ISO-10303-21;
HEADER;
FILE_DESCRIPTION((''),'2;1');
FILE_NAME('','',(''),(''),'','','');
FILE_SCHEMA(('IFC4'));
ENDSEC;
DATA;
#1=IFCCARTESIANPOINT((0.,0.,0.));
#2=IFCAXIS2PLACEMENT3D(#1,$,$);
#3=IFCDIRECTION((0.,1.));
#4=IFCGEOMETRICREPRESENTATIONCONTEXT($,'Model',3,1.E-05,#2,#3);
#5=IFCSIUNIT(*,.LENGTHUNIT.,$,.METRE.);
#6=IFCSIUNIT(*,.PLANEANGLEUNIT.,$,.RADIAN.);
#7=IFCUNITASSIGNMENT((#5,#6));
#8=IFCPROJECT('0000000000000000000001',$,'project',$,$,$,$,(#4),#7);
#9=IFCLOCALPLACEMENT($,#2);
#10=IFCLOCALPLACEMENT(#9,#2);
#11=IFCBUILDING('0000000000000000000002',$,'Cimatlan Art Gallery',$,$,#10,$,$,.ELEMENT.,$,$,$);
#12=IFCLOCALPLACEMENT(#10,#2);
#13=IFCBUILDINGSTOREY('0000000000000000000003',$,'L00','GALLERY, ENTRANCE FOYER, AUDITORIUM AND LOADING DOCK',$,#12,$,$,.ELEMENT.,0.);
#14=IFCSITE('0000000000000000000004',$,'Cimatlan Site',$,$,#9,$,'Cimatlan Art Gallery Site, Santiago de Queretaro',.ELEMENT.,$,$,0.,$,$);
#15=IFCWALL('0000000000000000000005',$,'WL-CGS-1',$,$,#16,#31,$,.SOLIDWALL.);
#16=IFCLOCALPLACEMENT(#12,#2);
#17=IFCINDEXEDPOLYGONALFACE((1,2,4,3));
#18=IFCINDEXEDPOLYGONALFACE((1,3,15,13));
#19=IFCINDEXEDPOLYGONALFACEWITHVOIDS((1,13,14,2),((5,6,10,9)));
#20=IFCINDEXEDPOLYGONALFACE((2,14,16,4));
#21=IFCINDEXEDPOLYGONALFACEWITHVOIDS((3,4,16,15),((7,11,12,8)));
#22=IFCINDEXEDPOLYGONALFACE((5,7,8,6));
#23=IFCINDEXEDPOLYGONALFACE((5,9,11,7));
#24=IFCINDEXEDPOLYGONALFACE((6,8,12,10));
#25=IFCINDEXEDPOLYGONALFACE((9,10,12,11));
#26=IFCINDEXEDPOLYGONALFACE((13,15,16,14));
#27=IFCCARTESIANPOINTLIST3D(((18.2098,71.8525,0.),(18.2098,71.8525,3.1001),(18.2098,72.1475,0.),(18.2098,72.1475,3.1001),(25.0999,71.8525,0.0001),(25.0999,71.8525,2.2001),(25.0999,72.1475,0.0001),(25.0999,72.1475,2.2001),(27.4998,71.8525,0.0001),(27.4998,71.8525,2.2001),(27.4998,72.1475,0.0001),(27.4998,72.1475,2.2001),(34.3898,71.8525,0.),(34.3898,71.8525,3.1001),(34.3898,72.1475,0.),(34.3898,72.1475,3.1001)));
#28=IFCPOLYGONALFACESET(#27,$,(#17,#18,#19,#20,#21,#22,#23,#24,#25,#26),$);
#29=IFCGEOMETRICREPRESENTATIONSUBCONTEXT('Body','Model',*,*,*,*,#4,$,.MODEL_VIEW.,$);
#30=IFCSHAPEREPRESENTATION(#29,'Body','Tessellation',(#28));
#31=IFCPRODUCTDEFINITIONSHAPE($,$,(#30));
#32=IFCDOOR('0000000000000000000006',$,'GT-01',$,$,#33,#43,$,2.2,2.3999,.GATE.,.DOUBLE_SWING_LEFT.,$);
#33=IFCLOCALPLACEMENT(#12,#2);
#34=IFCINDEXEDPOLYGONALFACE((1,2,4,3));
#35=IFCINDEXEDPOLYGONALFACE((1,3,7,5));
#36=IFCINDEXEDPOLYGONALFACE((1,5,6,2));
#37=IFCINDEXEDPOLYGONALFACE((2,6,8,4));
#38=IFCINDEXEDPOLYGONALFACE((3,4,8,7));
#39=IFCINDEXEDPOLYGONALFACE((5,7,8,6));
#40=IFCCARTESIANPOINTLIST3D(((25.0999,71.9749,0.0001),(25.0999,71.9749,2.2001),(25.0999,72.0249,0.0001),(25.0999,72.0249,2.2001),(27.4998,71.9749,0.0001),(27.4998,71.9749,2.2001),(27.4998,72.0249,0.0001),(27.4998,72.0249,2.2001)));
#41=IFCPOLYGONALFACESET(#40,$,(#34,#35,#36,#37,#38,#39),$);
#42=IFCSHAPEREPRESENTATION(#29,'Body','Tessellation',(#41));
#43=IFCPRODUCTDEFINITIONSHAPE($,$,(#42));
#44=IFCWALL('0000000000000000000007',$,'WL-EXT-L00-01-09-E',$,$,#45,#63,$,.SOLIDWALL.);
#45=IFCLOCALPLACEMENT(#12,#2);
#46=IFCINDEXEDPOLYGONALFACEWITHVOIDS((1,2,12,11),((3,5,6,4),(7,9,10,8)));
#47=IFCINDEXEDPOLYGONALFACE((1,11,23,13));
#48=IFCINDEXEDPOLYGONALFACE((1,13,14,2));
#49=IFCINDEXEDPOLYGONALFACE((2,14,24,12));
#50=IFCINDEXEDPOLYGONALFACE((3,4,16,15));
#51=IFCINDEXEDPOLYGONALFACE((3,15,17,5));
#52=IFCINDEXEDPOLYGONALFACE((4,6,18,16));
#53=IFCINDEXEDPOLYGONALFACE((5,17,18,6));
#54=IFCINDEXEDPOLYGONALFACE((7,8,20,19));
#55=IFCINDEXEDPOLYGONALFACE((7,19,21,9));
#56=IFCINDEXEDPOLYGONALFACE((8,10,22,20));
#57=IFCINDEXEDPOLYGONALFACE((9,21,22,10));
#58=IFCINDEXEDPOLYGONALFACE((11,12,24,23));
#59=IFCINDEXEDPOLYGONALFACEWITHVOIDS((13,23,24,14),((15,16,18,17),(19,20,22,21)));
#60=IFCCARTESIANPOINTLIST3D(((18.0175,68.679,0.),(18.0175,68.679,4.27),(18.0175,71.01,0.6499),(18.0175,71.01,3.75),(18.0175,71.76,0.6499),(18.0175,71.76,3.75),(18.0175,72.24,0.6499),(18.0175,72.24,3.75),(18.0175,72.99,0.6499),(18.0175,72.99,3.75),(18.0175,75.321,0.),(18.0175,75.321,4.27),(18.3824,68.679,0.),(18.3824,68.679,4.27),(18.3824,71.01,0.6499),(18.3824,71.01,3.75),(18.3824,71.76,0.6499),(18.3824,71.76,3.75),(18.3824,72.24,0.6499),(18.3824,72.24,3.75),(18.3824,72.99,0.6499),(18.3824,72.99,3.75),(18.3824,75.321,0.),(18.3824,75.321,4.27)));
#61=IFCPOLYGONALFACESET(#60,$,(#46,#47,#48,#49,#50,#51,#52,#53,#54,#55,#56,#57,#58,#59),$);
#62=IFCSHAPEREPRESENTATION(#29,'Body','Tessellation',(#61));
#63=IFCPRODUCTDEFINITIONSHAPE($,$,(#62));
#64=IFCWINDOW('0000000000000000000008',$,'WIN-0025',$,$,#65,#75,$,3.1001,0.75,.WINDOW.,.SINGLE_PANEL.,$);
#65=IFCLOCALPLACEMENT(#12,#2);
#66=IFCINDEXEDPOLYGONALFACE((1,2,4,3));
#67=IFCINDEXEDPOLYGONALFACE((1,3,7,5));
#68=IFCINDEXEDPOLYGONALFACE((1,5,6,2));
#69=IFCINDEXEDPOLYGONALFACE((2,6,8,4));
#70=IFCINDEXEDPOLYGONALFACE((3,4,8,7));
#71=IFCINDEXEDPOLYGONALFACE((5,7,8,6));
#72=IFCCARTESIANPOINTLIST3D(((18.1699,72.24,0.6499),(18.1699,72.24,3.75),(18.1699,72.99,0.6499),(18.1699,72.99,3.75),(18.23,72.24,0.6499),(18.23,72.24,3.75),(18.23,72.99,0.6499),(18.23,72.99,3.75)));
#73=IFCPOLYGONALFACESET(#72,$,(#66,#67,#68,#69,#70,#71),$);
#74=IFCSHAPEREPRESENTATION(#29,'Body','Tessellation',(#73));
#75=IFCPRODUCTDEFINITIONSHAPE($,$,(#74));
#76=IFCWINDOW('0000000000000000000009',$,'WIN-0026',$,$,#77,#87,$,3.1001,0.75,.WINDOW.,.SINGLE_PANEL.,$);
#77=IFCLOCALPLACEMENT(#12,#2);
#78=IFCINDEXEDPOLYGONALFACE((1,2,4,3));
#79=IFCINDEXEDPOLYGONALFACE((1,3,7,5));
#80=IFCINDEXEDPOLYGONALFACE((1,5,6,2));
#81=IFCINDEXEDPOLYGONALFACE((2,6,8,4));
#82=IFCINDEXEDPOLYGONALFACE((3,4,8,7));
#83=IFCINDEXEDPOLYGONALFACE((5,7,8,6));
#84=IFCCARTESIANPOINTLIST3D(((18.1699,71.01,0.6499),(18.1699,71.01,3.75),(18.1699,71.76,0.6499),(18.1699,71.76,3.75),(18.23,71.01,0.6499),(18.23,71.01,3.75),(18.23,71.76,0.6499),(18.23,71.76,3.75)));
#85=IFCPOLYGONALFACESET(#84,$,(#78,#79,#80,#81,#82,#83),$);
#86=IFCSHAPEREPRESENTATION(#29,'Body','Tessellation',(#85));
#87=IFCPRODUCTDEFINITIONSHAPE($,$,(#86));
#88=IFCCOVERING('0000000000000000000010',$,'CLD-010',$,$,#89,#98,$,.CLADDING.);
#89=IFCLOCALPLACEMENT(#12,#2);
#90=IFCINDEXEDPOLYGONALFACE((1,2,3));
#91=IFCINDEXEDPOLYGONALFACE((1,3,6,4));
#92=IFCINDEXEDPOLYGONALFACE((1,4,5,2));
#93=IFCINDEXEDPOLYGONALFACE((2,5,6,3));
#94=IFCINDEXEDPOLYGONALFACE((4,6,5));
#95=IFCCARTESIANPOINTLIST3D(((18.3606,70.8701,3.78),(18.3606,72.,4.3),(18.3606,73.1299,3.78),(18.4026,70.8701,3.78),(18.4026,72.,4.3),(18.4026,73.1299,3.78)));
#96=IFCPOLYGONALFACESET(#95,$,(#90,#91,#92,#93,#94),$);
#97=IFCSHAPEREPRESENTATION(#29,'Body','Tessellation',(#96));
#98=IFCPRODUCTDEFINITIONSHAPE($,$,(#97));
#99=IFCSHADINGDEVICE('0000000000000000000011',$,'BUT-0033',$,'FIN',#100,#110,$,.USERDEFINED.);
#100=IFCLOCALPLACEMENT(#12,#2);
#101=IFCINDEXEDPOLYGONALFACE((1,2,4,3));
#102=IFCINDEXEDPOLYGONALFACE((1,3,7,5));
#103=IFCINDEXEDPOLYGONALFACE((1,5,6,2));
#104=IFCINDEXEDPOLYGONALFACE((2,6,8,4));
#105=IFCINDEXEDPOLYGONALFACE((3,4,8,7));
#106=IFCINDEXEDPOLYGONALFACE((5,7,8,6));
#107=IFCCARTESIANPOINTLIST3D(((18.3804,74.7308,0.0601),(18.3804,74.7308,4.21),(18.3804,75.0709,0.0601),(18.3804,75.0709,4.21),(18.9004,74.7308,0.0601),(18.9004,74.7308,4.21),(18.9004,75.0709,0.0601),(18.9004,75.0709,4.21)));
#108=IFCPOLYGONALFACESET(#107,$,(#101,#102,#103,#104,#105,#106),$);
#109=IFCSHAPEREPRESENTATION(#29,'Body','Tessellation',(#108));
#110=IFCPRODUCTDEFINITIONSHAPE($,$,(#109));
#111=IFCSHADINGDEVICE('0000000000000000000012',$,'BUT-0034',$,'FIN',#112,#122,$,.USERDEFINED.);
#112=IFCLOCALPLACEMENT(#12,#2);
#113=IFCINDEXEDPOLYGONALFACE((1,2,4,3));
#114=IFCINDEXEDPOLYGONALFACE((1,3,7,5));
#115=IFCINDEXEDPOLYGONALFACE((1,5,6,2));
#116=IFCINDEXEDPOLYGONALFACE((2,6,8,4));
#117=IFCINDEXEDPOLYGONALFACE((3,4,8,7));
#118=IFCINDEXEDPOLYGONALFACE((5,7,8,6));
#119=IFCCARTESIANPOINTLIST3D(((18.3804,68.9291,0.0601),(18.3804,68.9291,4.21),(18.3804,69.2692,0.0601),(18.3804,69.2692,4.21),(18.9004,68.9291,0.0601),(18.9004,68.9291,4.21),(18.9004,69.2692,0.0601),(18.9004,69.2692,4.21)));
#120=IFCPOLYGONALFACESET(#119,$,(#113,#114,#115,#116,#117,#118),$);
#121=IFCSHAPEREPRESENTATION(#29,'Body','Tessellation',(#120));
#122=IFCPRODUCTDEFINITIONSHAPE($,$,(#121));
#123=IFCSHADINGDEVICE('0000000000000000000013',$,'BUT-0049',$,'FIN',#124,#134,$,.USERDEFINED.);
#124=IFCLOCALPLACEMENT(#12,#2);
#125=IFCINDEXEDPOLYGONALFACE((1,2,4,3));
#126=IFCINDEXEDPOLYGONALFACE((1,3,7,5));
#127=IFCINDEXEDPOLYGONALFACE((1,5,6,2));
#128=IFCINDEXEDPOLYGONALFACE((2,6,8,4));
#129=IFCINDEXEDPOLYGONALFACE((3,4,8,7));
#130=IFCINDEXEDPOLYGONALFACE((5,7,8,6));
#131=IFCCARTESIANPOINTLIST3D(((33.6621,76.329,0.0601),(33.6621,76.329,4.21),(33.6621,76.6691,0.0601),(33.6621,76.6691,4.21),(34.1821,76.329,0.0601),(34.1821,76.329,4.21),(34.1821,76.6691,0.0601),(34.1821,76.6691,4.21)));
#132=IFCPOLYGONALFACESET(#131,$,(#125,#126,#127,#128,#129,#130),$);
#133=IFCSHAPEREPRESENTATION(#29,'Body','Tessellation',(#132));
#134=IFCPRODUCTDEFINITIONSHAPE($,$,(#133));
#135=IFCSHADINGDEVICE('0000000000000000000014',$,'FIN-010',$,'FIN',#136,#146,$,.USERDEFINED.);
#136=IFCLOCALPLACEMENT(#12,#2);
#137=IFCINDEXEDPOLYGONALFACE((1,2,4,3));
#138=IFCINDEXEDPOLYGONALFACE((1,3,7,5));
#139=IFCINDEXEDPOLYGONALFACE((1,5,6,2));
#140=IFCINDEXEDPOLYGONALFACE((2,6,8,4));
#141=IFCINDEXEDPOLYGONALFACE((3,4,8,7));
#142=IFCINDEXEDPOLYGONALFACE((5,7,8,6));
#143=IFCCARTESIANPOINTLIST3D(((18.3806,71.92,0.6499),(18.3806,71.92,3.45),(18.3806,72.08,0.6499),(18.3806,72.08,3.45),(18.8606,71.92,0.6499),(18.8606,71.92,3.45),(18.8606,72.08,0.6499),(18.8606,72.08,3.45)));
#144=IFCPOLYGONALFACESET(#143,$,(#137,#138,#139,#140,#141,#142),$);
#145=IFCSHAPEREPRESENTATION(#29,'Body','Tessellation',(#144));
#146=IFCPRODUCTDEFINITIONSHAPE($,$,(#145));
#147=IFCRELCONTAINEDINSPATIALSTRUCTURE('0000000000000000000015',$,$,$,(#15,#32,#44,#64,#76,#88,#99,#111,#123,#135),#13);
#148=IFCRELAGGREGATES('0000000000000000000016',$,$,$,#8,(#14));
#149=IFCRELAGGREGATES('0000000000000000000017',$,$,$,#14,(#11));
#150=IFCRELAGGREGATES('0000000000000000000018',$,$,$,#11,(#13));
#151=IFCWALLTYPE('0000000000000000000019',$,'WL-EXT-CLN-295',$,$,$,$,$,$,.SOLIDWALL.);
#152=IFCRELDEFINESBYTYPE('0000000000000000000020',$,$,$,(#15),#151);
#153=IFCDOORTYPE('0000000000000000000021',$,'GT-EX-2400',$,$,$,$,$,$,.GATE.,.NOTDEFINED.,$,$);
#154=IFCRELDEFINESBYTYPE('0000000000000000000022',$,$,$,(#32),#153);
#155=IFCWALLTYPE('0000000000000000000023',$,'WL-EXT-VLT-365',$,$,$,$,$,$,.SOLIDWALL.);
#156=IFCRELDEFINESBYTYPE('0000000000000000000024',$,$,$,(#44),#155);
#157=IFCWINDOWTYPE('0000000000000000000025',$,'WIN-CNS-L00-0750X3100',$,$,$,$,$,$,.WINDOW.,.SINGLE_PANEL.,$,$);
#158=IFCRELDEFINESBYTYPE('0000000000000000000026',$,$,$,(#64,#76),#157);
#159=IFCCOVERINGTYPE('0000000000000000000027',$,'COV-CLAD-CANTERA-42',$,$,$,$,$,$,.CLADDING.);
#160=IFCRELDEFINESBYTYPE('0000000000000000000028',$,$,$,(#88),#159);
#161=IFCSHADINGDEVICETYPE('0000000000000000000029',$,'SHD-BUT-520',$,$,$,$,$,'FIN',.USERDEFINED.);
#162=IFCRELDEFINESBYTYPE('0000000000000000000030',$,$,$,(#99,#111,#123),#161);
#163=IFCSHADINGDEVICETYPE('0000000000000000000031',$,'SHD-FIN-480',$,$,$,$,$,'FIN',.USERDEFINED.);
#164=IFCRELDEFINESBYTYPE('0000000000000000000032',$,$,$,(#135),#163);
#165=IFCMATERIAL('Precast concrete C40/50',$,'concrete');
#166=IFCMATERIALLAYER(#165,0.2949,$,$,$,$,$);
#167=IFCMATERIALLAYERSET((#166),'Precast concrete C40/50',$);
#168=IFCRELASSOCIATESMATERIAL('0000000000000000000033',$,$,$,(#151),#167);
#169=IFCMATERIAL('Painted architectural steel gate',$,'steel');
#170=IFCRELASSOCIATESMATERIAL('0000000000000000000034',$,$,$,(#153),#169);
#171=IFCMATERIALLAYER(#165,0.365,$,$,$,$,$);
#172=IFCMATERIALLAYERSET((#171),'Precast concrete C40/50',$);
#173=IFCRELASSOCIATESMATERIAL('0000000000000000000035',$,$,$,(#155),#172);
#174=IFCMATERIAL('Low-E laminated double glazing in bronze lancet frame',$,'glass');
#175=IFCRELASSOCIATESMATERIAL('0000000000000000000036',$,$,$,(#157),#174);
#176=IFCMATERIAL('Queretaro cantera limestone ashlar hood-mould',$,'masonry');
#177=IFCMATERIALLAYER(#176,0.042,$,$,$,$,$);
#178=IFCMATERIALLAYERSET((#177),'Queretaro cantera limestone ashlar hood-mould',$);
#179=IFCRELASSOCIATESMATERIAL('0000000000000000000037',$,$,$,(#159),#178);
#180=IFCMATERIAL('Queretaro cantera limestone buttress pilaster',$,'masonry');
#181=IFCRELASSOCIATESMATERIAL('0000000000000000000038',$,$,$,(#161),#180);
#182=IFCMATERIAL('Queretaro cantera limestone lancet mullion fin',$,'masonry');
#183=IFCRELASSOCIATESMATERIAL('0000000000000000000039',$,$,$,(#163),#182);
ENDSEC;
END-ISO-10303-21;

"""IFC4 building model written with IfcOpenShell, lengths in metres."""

from ifc_helpers import new_model, si_unit, direction, frame, frame_2d, origin, origin_2d, place, context, subcontext, project, spatial, polyline, rectangle, outline, extrude, material, layer, layer_set, type_object, element, fill, save


model = new_model("IFC4")

# Units and contexts
model_context = context("Model", 3, precision=1e-05, world=origin(), true_north=direction((0.0, 1.0)))
body_context = subcontext(model_context, "Body", "Model", "MODEL_VIEW")
ifc_project = project(units=[si_unit("LENGTHUNIT", "METRE"), si_unit("PLANEANGLEUNIT", "RADIAN")], contexts=[model_context])

# Site, building, storey
site_placement = place(None, origin())
site = spatial("IfcSite", under=ifc_project, at=site_placement, Name="Cimatlan Site", LongName="Cimatlan Art Gallery Site, Santiago de Queretaro", CompositionType="ELEMENT", RefElevation=0.0)
building_placement = place(site_placement, origin())
building = spatial("IfcBuilding", under=site, at=building_placement, Name="Cimatlan Art Gallery", CompositionType="ELEMENT")
storey_placement = place(building_placement, origin())
storey = spatial("IfcBuildingStorey", under=building, at=storey_placement, Name="L00", Description="GALLERY, ENTRANCE FOYER, AUDITORIUM AND LOADING DOCK", CompositionType="ELEMENT", Elevation=0.0)

# Wall, opening, door
ifc_material_1 = material(Name="Precast concrete C40/50", Category="concrete")
ifc_layer_1 = layer(ifc_material_1, 0.2949)
ifc_layer_set_1 = layer_set([ifc_layer_1], Name="Precast concrete C40/50")
wall_type_1 = type_object("IfcWallType", Name="WL-EXT-CLN-295", PredefinedType="SOLIDWALL", material=ifc_layer_set_1)
wall_1_placement = place(storey_placement, frame((18.21, 72.0, 0.0), z_axis=(0.0, 0.0, 1.0), x_axis=(1.0, 0.0, 0.0)))
wall_1 = element("IfcWall", 1, at=wall_1_placement, inside=storey, type_object=wall_type_1, Name="WL-CGS-1", PredefinedType="SOLIDWALL", context=body_context, shape_type="SweptSolid", body=[
    extrude(rectangle(XDim=16.1799, YDim=0.2949, at=frame_2d((8.0898, 0.0))), origin(), (0.0, 0.0, 1.0), 3.1001),
])
opening_1_placement = place(wall_1_placement, frame((6.8899, 0.0, 0.0)))
opening_1 = element("IfcOpeningElement", 2, at=opening_1_placement, cuts=wall_1, PredefinedType="OPENING", context=body_context, shape_type="SweptSolid", body=[
    extrude(rectangle(XDim=2.3999, YDim=2.2, at=frame_2d((1.2, 1.1001))), frame((0.0, 0.1575, 0.0), z_axis=(0.0, -1.0, 0.0), x_axis=(1.0, 0.0, 0.0)), (0.0, 0.0, 1.0), 0.3149),
])
ifc_material_2 = material(Name="Painted architectural steel gate", Category="steel")
door_type = type_object("IfcDoorType", Name="GT-EX-2400", OperationType="NOTDEFINED", PredefinedType="GATE", material=ifc_material_2)
door_placement = place(opening_1_placement, origin())
door = element("IfcDoor", 3, at=door_placement, inside=storey, type_object=door_type, Name="GT-01", OperationType="DOUBLE_SWING_LEFT", OverallHeight=2.2, OverallWidth=2.3999, PredefinedType="GATE", context=body_context, shape_type="SweptSolid", body=[
    extrude(rectangle(XDim=2.3999, YDim=2.2, at=frame_2d((1.2, 1.1001))), frame((0.0, 0.0249, 0.0), z_axis=(0.0, -1.0, 0.0), x_axis=(1.0, 0.0, 0.0)), (0.0, 0.0, 1.0), 0.05),
])
fill(opening_1, door)

# Wall, openings, windows
ifc_layer_2 = layer(ifc_material_1, 0.365)
ifc_layer_set_2 = layer_set([ifc_layer_2], Name="Precast concrete C40/50")
wall_type_2 = type_object("IfcWallType", Name="WL-EXT-VLT-365", PredefinedType="SOLIDWALL", material=ifc_layer_set_2)
wall_2_placement = place(storey_placement, frame((18.2, 75.321, 0.0), z_axis=(0.0, 0.0, 1.0), x_axis=(0.0, -1.0, 0.0)))
wall_2 = element("IfcWall", 4, at=wall_2_placement, inside=storey, type_object=wall_type_2, Name="WL-EXT-L00-01-09-E", PredefinedType="SOLIDWALL", context=body_context, shape_type="SweptSolid", body=[
    extrude(rectangle(XDim=6.6421, YDim=0.365, at=frame_2d((3.321, 0.0))), origin(), (0.0, 0.0, 1.0), 4.27),
])
opening_2_placement = place(wall_2_placement, frame((2.3311, 0.0, 0.6499)))
opening_2 = element("IfcOpeningElement", 5, at=opening_2_placement, cuts=wall_2, PredefinedType="OPENING", context=body_context, shape_type="SweptSolid", body=[
    extrude(rectangle(XDim=0.75, YDim=3.1001, at=frame_2d((0.375, 1.55))), frame((0.0, 0.1924, 0.0), z_axis=(0.0, -1.0, 0.0), x_axis=(1.0, 0.0, 0.0)), (0.0, 0.0, 1.0), 0.385),
])
opening_3_placement = place(wall_2_placement, frame((3.561, 0.0, 0.6499)))
opening_3 = element("IfcOpeningElement", 6, at=opening_3_placement, cuts=wall_2, PredefinedType="OPENING", context=body_context, shape_type="SweptSolid", body=[
    extrude(rectangle(XDim=0.75, YDim=3.1001, at=frame_2d((0.375, 1.55))), frame((0.0, 0.1924, 0.0), z_axis=(0.0, -1.0, 0.0), x_axis=(1.0, 0.0, 0.0)), (0.0, 0.0, 1.0), 0.385),
])
ifc_material_3 = material(Name="Low-E laminated double glazing in bronze lancet frame", Category="glass")
window_type = type_object("IfcWindowType", Name="WIN-CNS-L00-0750X3100", PartitioningType="SINGLE_PANEL", PredefinedType="WINDOW", material=ifc_material_3)
window_1_placement = place(opening_2_placement, origin())
window_1 = element("IfcWindow", 7, at=window_1_placement, inside=storey, type_object=window_type, Name="WIN-0025", OverallHeight=3.1001, OverallWidth=0.75, PartitioningType="SINGLE_PANEL", PredefinedType="WINDOW", context=body_context, shape_type="SweptSolid", body=[
    extrude(rectangle(XDim=0.75, YDim=3.1001, at=frame_2d((0.375, 1.55))), frame((0.0, 0.03, 0.0), z_axis=(0.0, -1.0, 0.0), x_axis=(1.0, 0.0, 0.0)), (0.0, 0.0, 1.0), 0.0601),
])
fill(opening_2, window_1)
window_2_placement = place(opening_3_placement, origin())
window_2 = element("IfcWindow", 8, at=window_2_placement, inside=storey, type_object=window_type, Name="WIN-0026", OverallHeight=3.1001, OverallWidth=0.75, PartitioningType="SINGLE_PANEL", PredefinedType="WINDOW", context=body_context, shape_type="SweptSolid", body=[
    extrude(rectangle(XDim=0.75, YDim=3.1001, at=frame_2d((0.375, 1.55))), frame((0.0, 0.03, 0.0), z_axis=(0.0, -1.0, 0.0), x_axis=(1.0, 0.0, 0.0)), (0.0, 0.0, 1.0), 0.0601),
])
fill(opening_3, window_2)

# Covering
ifc_material_4 = material(Name="Queretaro cantera limestone ashlar hood-mould", Category="masonry")
ifc_layer_3 = layer(ifc_material_4, 0.042)
ifc_layer_set_3 = layer_set([ifc_layer_3], Name="Queretaro cantera limestone ashlar hood-mould")
covering_type = type_object("IfcCoveringType", Name="COV-CLAD-CANTERA-42", PredefinedType="CLADDING", material=ifc_layer_set_3)
covering_placement = place(storey_placement, frame((18.3606, 73.1299, 3.78), z_axis=(-1.0, 0.0, 0.0), x_axis=(0.0, -1.0, 0.0)))
element("IfcCovering", 9, at=covering_placement, inside=storey, type_object=covering_type, Name="CLD-010", PredefinedType="CLADDING", context=body_context, shape_type="SweptSolid", body=[
    extrude(outline(polyline([(0.0, 0.0), (2.2598, 0.0), (1.1299, 0.52), (0.0, 0.0)])), origin(), (0.0, 0.0, -1.0), 0.042),
])

# Shading devices
ifc_material_5 = material(Name="Queretaro cantera limestone buttress pilaster", Category="masonry")
shading_device_type_1 = type_object("IfcShadingDeviceType", Name="SHD-BUT-520", ElementType="FIN", PredefinedType="USERDEFINED", material=ifc_material_5)
for number, where, z_axis, x_axis, name in (
    (10, (18.6404, 74.9009, 0.0601), (0.0, 0.0, 1.0), (0.0, -1.0, 0.0), "BUT-0033"),
    (11, (18.6404, 69.0991, 0.0601), (0.0, 0.0, 1.0), (0.0, -1.0, 0.0), "BUT-0034"),
    (12, (33.9221, 76.499, 0.0601), (0.0, 0.0, 1.0), (0.0, 1.0, 0.0), "BUT-0049"),
):
    element("IfcShadingDevice", number, at=place(storey_placement, frame(where, z_axis=z_axis, x_axis=x_axis)), inside=storey, type_object=shading_device_type_1, Name=name, ObjectType="FIN", PredefinedType="USERDEFINED", context=body_context, shape_type="SweptSolid", body=[
        extrude(rectangle(XDim=0.3401, YDim=0.52, at=origin_2d()), origin(), (0.0, 0.0, 1.0), 4.1499),
    ])
ifc_material_6 = material(Name="Queretaro cantera limestone lancet mullion fin", Category="masonry")
shading_device_type_2 = type_object("IfcShadingDeviceType", Name="SHD-FIN-480", ElementType="FIN", PredefinedType="USERDEFINED", material=ifc_material_6)
shading_device_placement = place(storey_placement, frame((18.6206, 72.0, 0.6499), z_axis=(0.0, 0.0, 1.0), x_axis=(0.0, -1.0, 0.0)))
element("IfcShadingDevice", 13, at=shading_device_placement, inside=storey, type_object=shading_device_type_2, Name="FIN-010", ObjectType="FIN", PredefinedType="USERDEFINED", context=body_context, shape_type="SweptSolid", body=[
    extrude(rectangle(XDim=0.1599, YDim=0.48, at=origin_2d()), origin(), (0.0, 0.0, 1.0), 2.8),
])

save(model, "model.ifc")
